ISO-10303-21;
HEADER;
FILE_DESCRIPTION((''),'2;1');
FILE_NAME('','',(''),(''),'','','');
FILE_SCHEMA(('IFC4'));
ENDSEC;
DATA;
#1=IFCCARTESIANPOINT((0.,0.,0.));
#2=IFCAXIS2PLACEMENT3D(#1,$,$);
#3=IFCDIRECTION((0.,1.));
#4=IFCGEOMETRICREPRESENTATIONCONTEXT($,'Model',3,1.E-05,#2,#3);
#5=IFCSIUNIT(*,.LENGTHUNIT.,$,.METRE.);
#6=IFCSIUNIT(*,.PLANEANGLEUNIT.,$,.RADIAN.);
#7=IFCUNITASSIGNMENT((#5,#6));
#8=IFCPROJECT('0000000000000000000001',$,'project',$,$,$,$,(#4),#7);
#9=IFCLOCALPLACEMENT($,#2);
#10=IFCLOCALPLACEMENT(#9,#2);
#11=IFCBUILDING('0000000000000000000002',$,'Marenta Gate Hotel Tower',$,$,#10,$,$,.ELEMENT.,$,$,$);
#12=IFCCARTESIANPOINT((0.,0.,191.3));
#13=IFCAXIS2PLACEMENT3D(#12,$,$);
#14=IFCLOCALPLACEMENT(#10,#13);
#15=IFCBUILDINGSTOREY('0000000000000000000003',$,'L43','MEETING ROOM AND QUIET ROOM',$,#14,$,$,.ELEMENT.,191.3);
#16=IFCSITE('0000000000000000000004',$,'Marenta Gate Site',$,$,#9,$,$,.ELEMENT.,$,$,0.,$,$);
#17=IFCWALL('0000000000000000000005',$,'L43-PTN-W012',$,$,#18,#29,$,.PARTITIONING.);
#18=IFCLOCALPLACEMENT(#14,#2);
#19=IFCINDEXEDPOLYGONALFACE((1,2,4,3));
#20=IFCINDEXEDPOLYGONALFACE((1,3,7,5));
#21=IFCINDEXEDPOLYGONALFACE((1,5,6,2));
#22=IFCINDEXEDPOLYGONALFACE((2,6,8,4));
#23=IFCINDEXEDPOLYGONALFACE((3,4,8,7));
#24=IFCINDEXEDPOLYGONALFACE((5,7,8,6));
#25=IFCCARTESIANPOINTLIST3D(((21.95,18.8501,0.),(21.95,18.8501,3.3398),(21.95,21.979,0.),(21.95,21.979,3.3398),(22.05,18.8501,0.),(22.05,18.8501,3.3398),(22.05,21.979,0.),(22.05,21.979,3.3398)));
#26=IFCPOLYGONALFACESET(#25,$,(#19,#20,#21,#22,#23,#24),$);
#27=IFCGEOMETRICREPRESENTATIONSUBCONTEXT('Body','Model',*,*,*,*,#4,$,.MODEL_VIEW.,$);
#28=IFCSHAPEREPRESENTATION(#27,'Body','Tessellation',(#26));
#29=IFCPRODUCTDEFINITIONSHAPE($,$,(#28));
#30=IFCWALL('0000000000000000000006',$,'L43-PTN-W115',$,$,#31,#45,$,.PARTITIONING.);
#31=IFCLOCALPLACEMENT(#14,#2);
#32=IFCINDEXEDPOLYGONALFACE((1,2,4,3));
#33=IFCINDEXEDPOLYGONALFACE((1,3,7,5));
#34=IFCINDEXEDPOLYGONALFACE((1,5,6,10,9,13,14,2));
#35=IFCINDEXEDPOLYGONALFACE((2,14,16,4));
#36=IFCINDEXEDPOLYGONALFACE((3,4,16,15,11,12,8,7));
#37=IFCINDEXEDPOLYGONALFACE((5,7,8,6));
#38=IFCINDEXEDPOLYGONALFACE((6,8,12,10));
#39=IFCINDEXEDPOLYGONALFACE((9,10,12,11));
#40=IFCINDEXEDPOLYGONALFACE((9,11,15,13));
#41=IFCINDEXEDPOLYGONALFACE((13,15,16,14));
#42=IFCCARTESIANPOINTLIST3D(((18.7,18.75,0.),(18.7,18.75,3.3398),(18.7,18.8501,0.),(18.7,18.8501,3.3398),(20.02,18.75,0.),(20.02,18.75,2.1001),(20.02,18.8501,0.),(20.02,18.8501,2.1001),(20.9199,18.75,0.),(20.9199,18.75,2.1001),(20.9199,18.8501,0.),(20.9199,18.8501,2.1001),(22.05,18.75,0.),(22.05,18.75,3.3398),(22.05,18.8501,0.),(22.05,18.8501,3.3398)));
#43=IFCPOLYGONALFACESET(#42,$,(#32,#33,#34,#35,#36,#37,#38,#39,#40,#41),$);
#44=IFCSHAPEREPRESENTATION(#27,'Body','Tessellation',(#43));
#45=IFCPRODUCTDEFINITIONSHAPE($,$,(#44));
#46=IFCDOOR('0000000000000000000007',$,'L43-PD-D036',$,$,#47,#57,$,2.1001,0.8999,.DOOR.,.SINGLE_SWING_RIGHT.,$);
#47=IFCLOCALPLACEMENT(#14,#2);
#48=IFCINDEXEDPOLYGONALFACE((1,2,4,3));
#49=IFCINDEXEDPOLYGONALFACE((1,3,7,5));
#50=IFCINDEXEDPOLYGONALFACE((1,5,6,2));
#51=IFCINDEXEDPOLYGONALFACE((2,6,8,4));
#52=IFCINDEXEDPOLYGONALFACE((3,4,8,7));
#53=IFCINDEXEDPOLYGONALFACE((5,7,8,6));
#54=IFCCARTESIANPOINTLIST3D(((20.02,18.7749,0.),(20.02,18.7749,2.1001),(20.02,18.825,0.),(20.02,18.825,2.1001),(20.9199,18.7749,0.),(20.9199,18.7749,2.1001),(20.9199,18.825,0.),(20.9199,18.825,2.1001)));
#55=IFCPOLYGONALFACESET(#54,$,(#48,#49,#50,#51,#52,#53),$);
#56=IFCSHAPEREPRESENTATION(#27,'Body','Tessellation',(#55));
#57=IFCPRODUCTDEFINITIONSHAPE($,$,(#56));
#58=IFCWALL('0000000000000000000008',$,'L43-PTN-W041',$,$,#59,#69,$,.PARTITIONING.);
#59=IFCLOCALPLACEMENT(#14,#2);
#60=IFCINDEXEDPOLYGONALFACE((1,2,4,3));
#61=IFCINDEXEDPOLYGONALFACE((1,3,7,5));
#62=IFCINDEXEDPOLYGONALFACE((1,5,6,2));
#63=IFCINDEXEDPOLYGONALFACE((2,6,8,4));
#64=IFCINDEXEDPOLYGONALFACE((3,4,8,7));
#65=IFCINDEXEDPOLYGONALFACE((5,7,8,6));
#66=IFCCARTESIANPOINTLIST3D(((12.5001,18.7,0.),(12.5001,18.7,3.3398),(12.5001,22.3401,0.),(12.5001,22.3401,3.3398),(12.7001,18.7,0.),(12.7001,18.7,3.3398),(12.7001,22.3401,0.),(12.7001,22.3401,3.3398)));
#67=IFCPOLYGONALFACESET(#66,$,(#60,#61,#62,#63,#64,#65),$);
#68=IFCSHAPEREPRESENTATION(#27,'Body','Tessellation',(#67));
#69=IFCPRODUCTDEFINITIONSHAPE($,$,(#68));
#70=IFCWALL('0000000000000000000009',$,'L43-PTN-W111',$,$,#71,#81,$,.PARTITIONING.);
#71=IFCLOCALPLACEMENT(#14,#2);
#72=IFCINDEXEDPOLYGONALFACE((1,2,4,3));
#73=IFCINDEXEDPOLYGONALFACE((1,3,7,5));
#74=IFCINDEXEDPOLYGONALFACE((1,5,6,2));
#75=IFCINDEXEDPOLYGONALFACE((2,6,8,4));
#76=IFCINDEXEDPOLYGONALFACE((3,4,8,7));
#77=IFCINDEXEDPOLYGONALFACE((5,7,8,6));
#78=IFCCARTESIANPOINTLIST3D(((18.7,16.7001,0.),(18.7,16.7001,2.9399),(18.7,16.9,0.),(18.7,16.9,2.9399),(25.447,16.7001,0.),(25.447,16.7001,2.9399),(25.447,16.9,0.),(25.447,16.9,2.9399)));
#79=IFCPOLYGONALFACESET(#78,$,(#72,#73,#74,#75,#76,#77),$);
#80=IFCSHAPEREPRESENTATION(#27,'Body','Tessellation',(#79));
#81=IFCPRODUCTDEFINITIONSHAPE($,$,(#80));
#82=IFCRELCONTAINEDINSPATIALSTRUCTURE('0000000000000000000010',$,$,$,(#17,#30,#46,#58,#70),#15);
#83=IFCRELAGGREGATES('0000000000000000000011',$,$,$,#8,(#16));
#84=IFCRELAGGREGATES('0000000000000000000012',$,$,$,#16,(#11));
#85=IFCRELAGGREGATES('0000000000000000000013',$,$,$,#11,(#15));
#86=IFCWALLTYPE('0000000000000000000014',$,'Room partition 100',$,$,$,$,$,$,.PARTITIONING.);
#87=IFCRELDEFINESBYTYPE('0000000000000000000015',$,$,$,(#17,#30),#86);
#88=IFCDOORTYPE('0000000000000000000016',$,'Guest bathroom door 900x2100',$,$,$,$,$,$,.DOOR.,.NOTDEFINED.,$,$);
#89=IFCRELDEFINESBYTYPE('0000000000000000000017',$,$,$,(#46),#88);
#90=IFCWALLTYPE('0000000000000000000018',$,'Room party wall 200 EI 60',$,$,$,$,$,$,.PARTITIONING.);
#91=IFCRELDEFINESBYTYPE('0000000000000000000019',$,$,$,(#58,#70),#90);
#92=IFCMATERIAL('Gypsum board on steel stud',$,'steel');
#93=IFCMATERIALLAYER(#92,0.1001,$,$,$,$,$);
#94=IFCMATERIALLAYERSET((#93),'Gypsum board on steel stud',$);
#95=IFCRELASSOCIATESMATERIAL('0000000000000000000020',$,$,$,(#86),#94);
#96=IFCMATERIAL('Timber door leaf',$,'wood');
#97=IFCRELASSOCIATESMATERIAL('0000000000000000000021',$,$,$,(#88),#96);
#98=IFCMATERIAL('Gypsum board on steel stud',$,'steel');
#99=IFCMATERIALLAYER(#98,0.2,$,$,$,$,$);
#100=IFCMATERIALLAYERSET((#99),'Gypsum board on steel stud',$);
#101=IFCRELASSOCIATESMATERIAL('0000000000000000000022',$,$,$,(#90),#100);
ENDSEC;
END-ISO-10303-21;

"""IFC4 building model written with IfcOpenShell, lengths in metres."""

from ifc_helpers import new_model, si_unit, direction, frame, frame_2d, origin, place, context, subcontext, project, spatial, rectangle, extrude, material, layer, layer_set, type_object, element, fill, save


model = new_model("IFC4")

# Units and contexts
model_context = context("Model", 3, precision=1e-05, world=origin(), true_north=direction((0.0, 1.0)))
body_context = subcontext(model_context, "Body", "Model", "MODEL_VIEW")
ifc_project = project(units=[si_unit("LENGTHUNIT", "METRE"), si_unit("PLANEANGLEUNIT", "RADIAN")], contexts=[model_context])

# Site, building, storey
site_placement = place(None, origin())
site = spatial("IfcSite", under=ifc_project, at=site_placement, Name="Marenta Gate Site", CompositionType="ELEMENT", RefElevation=0.0)
building_placement = place(site_placement, origin())
building = spatial("IfcBuilding", under=site, at=building_placement, Name="Marenta Gate Hotel Tower", CompositionType="ELEMENT")
storey_placement = place(building_placement, frame((0.0, 0.0, 191.3)))
storey = spatial("IfcBuildingStorey", under=building, at=storey_placement, Name="L43", Description="MEETING ROOM AND QUIET ROOM", CompositionType="ELEMENT", Elevation=191.3)

# Wall
ifc_material_1 = material(Name="Gypsum board on steel stud", Category="steel")
ifc_layer_1 = layer(ifc_material_1, 0.1001)
ifc_layer_set_1 = layer_set([ifc_layer_1], Name="Gypsum board on steel stud")
wall_type_1 = type_object("IfcWallType", Name="Room partition 100", PredefinedType="PARTITIONING", material=ifc_layer_set_1)
wall_1_placement = place(storey_placement, frame((22.0, 18.8501, 0.0), z_axis=(0.0, 0.0, 1.0), x_axis=(0.0, 1.0, 0.0)))
element("IfcWall", 1, at=wall_1_placement, inside=storey, type_object=wall_type_1, Name="L43-PTN-W012", PredefinedType="PARTITIONING", context=body_context, shape_type="SweptSolid", body=[
    extrude(rectangle(XDim=3.1289, YDim=0.1001, at=frame_2d((1.5645, 0.0))), origin(), (0.0, 0.0, 1.0), 3.3398),
])

# Wall, opening, door
wall_2_placement = place(storey_placement, frame((18.7, 18.8, 0.0), z_axis=(0.0, 0.0, 1.0), x_axis=(1.0, 0.0, 0.0)))
wall_2 = element("IfcWall", 2, at=wall_2_placement, inside=storey, type_object=wall_type_1, Name="L43-PTN-W115", PredefinedType="PARTITIONING", context=body_context, shape_type="SweptSolid", body=[
    extrude(rectangle(XDim=3.3501, YDim=0.1001, at=frame_2d((1.675, 0.0))), origin(), (0.0, 0.0, 1.0), 3.3398),
])
opening_1_placement = place(wall_2_placement, frame((1.3201, 0.0, 0.0)))
opening_1 = element("IfcOpeningElement", 3, at=opening_1_placement, cuts=wall_2, PredefinedType="OPENING", context=body_context, shape_type="SweptSolid", body=[
    extrude(rectangle(XDim=0.8999, YDim=2.1001, at=frame_2d((0.45, 1.05))), frame((0.0, 0.05, 0.0), z_axis=(0.0, -1.0, 0.0), x_axis=(1.0, 0.0, 0.0)), (0.0, 0.0, 1.0), 0.1001),
])
ifc_material_2 = material(Name="Timber door leaf", Category="wood")
door_type = type_object("IfcDoorType", Name="Guest bathroom door 900x2100", OperationType="NOTDEFINED", PredefinedType="DOOR", material=ifc_material_2)
door_placement = place(opening_1_placement, origin())
door = element("IfcDoor", 4, at=door_placement, inside=storey, type_object=door_type, Name="L43-PD-D036", OperationType="SINGLE_SWING_RIGHT", OverallHeight=2.1001, OverallWidth=0.8999, PredefinedType="DOOR", context=body_context, shape_type="SweptSolid", body=[
    extrude(rectangle(XDim=0.8999, YDim=2.1001, at=frame_2d((0.45, 1.05))), frame((0.0, 0.0249, 0.0), z_axis=(0.0, -1.0, 0.0), x_axis=(1.0, 0.0, 0.0)), (0.0, 0.0, 1.0), 0.05),
])
fill(opening_1, door)

# Walls
ifc_material_3 = material(Name="Gypsum board on steel stud", Category="steel")
ifc_layer_2 = layer(ifc_material_3, 0.2)
ifc_layer_set_2 = layer_set([ifc_layer_2], Name="Gypsum board on steel stud")
wall_type_2 = type_object("IfcWallType", Name="Room party wall 200 EI 60", PredefinedType="PARTITIONING", material=ifc_layer_set_2)
wall_3_placement = place(storey_placement, frame((12.6001, 18.7, 0.0), z_axis=(0.0, 0.0, 1.0), x_axis=(0.0, 1.0, 0.0)))
element("IfcWall", 5, at=wall_3_placement, inside=storey, type_object=wall_type_2, Name="L43-PTN-W041", PredefinedType="PARTITIONING", context=body_context, shape_type="SweptSolid", body=[
    extrude(rectangle(XDim=3.6401, YDim=0.2, at=frame_2d((1.8201, 0.0))), origin(), (0.0, 0.0, 1.0), 3.3398),
])
wall_4_placement = place(storey_placement, frame((18.7, 16.8, 0.0), z_axis=(0.0, 0.0, 1.0), x_axis=(1.0, 0.0, 0.0)))
element("IfcWall", 6, at=wall_4_placement, inside=storey, type_object=wall_type_2, Name="L43-PTN-W111", PredefinedType="PARTITIONING", context=body_context, shape_type="SweptSolid", body=[
    extrude(rectangle(XDim=6.7471, YDim=0.2, at=frame_2d((3.3735, 0.0))), origin(), (0.0, 0.0, 1.0), 2.9399),
])

save(model, "model.ifc")
